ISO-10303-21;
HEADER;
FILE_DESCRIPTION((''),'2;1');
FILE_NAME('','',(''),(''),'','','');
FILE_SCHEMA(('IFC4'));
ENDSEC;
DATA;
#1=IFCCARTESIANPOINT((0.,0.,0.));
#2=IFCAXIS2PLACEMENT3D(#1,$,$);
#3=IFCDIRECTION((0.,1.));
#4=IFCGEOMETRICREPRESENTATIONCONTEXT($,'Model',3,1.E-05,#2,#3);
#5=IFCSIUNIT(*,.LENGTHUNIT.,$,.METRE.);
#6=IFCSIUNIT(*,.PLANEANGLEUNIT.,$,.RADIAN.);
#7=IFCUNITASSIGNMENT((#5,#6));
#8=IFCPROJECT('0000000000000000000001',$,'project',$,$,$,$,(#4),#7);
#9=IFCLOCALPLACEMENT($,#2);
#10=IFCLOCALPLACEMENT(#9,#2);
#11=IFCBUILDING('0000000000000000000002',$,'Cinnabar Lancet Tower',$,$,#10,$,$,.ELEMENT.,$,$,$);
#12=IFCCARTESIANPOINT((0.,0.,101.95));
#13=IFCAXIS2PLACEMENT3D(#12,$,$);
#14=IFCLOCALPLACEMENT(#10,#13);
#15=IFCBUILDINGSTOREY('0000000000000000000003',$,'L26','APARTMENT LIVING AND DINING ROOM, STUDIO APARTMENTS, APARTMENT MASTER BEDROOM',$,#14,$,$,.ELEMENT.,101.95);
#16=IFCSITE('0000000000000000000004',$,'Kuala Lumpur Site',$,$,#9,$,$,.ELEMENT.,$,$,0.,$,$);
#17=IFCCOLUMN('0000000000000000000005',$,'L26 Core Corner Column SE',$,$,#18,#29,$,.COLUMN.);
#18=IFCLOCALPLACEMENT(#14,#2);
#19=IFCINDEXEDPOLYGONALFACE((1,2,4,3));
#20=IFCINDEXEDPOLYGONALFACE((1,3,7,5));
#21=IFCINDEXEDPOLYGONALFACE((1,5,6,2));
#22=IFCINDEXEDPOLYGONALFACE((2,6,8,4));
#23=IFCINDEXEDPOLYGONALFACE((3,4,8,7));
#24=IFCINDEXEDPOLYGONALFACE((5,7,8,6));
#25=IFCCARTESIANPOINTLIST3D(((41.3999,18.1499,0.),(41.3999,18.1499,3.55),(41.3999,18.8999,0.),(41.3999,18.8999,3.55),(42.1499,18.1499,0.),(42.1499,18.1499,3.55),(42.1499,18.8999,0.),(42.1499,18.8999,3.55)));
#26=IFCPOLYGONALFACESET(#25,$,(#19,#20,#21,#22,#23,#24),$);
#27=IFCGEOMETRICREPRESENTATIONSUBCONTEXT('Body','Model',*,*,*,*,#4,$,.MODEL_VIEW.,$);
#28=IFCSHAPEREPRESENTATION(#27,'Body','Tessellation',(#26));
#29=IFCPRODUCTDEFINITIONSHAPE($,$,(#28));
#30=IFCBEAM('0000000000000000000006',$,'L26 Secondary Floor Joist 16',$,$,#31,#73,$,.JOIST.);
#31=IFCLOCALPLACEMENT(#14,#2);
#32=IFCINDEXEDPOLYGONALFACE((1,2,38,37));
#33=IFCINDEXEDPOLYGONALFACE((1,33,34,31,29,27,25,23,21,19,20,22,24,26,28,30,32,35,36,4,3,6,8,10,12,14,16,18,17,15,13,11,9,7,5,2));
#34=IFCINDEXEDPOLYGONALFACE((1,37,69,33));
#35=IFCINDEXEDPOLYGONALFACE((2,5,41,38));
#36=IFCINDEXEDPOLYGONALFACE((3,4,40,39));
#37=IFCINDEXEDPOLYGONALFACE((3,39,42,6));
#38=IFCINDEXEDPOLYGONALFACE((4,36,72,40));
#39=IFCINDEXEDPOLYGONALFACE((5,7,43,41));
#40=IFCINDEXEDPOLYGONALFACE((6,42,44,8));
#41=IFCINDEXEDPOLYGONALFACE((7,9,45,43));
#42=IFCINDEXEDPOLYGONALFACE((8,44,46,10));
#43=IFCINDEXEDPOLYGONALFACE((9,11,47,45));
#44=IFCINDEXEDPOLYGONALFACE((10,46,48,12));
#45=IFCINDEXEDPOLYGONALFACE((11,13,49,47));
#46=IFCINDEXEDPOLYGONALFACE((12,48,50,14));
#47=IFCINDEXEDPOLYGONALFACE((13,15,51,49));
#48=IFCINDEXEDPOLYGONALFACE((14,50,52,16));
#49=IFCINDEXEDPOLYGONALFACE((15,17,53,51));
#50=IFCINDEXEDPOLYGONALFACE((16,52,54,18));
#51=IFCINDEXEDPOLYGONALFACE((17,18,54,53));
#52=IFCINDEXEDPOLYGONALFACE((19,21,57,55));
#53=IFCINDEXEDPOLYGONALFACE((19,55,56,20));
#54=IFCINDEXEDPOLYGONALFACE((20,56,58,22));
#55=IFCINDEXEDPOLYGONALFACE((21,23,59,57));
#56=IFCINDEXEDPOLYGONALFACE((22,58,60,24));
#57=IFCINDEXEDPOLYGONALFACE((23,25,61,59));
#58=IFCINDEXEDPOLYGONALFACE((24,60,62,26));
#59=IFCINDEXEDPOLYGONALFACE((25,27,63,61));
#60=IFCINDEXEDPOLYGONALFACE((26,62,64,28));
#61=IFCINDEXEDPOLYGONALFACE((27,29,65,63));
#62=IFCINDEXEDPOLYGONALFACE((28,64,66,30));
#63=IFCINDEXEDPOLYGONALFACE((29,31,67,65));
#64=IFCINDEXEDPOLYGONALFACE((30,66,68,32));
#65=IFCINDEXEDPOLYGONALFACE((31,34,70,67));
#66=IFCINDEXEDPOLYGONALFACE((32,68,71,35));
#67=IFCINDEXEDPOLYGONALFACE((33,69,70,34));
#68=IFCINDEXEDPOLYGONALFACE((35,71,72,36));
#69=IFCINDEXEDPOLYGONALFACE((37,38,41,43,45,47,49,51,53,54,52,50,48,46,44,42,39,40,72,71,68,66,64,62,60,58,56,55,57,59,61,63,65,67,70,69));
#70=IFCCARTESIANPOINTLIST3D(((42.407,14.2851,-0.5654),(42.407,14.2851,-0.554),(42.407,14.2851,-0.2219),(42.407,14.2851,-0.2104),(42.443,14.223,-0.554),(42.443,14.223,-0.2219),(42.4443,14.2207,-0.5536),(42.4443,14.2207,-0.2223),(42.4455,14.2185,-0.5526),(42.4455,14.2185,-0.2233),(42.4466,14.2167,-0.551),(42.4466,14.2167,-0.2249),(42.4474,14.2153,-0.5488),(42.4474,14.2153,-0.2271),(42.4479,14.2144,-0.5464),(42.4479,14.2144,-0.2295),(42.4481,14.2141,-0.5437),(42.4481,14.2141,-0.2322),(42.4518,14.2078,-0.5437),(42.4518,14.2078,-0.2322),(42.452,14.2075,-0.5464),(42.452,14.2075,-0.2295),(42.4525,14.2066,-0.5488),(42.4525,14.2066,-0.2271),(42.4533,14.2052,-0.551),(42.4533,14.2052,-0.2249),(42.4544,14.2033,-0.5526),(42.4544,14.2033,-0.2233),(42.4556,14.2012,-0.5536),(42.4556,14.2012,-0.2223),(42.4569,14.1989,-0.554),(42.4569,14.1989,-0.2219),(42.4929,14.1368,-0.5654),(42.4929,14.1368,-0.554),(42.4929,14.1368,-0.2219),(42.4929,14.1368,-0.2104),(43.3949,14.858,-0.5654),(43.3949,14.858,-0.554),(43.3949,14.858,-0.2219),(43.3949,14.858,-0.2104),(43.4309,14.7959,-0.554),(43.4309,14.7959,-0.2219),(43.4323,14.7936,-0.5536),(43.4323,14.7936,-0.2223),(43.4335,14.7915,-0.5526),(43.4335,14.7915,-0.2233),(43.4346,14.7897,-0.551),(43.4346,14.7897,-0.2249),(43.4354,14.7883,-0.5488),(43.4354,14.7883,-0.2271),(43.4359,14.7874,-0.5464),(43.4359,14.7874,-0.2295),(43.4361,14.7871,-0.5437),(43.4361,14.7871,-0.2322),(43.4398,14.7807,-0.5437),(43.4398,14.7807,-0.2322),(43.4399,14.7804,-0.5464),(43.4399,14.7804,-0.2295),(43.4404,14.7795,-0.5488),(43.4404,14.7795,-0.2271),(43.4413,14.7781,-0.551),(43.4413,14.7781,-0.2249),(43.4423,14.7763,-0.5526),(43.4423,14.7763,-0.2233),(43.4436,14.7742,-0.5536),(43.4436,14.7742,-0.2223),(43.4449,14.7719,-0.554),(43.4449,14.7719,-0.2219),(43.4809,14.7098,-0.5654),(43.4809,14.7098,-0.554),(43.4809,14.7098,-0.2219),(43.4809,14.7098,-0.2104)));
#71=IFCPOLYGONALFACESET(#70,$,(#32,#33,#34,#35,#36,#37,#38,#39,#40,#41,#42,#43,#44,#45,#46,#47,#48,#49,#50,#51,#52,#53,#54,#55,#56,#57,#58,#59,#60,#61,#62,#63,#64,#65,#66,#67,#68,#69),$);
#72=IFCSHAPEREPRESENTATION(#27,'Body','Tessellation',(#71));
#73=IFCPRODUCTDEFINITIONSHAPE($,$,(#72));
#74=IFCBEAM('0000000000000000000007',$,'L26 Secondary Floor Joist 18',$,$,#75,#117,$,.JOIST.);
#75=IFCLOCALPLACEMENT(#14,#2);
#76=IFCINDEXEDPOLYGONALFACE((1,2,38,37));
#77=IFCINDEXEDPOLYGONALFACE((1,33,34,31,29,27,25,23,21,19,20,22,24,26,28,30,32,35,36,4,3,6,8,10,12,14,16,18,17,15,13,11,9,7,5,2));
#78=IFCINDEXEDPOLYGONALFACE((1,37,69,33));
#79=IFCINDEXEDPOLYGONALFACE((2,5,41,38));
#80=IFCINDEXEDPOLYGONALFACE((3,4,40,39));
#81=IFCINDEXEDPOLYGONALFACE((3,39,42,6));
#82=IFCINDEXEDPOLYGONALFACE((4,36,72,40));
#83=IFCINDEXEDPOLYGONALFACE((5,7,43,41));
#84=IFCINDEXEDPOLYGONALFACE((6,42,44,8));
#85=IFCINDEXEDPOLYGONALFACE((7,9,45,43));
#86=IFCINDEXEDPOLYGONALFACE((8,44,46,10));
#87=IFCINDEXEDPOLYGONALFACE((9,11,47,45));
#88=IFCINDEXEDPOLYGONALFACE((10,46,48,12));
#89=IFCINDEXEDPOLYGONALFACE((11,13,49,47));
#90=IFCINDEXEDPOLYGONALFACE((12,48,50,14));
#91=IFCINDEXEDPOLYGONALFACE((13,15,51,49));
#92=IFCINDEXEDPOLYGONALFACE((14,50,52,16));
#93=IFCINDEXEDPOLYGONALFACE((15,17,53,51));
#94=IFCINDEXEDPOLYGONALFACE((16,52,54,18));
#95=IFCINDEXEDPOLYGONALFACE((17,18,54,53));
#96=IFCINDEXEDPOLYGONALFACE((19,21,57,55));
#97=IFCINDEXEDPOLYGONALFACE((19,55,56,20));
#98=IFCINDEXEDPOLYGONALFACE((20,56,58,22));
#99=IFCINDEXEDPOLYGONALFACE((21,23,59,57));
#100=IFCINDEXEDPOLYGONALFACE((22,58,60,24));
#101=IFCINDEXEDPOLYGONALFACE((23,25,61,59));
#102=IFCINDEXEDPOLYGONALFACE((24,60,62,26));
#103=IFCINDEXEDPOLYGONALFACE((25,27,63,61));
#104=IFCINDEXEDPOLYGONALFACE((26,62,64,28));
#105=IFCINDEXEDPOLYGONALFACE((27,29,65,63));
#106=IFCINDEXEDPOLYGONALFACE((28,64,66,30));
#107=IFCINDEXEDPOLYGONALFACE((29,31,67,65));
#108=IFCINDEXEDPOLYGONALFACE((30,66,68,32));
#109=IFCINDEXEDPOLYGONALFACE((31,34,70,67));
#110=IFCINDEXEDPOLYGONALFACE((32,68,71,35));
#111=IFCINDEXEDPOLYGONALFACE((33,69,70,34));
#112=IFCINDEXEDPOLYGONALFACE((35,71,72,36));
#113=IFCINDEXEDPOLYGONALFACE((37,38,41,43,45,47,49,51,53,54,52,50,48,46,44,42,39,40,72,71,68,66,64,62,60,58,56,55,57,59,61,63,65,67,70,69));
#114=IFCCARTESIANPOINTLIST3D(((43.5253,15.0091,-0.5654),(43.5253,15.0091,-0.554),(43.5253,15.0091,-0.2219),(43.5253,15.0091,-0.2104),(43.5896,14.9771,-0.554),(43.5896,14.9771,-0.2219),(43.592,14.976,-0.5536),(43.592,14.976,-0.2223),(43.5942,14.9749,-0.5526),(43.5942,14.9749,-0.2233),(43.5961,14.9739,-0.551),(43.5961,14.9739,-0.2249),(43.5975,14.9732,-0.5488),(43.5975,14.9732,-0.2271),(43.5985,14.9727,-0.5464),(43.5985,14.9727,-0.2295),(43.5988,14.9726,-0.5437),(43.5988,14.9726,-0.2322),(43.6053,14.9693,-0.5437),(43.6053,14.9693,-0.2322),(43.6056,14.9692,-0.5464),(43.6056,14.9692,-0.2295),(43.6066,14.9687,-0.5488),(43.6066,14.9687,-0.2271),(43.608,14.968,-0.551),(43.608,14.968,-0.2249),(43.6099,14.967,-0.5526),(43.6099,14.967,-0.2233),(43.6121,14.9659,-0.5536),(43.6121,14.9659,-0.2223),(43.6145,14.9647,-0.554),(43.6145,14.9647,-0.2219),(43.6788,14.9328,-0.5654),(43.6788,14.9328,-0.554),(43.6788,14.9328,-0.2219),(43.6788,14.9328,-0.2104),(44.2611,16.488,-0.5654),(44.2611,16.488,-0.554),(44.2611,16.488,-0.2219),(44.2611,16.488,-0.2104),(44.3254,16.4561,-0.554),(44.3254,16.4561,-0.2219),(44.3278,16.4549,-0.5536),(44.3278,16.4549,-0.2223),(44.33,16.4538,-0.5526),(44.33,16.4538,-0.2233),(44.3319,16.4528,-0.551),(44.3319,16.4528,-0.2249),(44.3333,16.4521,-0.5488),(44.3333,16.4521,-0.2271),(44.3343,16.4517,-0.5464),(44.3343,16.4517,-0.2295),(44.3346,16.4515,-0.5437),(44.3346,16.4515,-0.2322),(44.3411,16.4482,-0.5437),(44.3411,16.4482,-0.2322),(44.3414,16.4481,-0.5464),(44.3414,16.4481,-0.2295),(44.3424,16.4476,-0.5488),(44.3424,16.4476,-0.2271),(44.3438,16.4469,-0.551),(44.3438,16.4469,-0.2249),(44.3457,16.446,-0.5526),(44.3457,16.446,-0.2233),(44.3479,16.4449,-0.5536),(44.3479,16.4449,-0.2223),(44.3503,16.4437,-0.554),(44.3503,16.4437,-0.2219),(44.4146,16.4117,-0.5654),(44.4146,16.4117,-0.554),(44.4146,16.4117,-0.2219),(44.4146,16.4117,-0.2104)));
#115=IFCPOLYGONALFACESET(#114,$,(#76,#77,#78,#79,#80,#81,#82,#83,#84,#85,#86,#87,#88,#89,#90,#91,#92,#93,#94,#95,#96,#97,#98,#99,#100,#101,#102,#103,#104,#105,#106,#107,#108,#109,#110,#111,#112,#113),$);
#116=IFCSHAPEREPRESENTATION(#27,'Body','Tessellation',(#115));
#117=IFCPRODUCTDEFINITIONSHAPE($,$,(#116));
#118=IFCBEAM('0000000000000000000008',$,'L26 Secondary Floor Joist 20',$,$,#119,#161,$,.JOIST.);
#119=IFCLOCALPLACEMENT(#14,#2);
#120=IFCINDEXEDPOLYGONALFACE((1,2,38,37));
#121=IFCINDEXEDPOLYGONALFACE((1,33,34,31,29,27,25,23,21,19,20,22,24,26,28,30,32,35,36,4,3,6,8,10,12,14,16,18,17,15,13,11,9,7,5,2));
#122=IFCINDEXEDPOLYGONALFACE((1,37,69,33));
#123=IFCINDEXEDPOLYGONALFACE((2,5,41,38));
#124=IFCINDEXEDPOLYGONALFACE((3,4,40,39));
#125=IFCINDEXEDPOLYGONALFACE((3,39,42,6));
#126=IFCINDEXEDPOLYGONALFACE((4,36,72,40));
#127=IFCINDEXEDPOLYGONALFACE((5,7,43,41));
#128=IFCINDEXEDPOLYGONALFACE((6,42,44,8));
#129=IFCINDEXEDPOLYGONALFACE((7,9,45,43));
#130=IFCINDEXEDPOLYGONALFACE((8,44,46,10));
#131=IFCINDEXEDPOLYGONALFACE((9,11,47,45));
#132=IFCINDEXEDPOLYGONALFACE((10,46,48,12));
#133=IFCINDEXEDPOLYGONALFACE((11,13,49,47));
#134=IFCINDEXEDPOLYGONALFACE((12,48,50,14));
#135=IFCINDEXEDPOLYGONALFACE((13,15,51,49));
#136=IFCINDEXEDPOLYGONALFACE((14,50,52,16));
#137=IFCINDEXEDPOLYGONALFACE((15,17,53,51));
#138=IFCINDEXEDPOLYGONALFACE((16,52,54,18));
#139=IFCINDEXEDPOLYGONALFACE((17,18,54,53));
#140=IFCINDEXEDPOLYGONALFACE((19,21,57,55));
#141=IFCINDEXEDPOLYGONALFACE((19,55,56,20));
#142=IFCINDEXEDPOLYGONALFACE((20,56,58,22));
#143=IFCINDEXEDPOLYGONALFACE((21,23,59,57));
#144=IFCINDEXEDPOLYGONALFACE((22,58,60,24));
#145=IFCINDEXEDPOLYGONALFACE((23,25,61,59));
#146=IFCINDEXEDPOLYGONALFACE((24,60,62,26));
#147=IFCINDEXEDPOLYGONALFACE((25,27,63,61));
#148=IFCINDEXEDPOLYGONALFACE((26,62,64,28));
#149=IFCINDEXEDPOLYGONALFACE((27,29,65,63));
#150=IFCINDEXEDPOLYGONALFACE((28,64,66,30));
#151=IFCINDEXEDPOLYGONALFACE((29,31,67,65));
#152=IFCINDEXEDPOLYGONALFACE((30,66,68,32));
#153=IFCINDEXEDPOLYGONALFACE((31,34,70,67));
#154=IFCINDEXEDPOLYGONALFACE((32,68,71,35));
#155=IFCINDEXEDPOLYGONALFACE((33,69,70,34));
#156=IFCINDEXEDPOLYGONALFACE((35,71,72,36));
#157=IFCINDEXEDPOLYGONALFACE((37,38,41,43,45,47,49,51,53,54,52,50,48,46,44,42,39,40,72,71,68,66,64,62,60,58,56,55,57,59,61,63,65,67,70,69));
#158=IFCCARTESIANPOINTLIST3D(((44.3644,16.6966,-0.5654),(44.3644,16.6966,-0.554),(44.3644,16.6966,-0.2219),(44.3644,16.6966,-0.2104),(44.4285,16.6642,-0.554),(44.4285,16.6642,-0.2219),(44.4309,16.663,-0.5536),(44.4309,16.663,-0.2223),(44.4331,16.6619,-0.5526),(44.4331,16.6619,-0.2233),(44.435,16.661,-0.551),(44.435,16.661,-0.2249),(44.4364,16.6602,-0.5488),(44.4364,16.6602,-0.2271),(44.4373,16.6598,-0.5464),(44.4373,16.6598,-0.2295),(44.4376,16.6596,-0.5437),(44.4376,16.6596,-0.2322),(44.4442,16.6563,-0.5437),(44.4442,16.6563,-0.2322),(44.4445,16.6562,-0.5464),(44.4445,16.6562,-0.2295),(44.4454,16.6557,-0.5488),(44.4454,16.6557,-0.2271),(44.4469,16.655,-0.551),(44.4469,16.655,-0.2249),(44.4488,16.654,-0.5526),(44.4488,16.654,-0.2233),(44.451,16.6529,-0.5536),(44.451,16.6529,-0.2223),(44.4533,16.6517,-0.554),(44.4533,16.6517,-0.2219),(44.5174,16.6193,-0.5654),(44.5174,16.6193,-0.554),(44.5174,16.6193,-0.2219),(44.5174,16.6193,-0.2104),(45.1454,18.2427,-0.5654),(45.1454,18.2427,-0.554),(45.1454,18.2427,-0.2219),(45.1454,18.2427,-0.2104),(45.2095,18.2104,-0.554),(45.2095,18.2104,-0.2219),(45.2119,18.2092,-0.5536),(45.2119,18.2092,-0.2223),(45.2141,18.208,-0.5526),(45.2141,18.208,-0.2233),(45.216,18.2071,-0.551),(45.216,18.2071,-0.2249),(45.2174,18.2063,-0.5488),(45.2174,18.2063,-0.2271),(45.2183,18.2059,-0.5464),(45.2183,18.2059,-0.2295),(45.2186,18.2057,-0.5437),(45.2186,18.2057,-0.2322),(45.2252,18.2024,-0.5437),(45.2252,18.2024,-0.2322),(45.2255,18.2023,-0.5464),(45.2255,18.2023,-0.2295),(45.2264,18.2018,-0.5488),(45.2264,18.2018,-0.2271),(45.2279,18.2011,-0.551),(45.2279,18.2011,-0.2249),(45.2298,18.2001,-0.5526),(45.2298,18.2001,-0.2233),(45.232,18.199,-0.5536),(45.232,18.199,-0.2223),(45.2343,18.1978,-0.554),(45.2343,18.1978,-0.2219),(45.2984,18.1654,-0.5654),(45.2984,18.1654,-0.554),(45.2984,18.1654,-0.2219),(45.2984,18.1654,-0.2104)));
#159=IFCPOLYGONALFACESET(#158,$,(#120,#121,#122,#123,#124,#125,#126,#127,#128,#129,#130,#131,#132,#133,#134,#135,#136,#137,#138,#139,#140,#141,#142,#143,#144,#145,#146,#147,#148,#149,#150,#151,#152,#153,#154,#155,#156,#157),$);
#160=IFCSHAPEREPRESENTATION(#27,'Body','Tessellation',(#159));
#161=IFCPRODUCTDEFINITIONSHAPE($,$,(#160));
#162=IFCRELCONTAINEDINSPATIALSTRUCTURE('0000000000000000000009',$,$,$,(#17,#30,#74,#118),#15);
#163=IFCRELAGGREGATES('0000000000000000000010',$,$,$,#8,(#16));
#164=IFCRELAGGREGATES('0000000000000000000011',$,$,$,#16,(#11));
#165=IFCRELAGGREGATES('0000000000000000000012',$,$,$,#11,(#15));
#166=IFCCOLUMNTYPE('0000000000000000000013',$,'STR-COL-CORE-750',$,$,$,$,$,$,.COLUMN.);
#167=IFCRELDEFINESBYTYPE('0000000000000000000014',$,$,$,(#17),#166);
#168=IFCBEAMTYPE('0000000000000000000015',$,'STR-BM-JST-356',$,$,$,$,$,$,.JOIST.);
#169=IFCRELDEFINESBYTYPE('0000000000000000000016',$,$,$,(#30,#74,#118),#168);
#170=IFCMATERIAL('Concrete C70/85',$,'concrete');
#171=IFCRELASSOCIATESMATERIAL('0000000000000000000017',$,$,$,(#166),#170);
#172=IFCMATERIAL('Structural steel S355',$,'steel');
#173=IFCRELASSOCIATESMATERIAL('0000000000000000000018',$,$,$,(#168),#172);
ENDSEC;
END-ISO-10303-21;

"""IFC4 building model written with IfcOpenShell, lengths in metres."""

from ifc_helpers import new_model, si_unit, direction, frame, origin, origin_2d, place, context, subcontext, project, spatial, rectangle, i_section, extrude, material, material_profile, profile_set, type_object, element, save


model = new_model("IFC4")

# Units and contexts
model_context = context("Model", 3, precision=1e-05, world=origin(), true_north=direction((0.0, 1.0)))
body_context = subcontext(model_context, "Body", "Model", "MODEL_VIEW")
ifc_project = project(units=[si_unit("LENGTHUNIT", "METRE"), si_unit("PLANEANGLEUNIT", "RADIAN")], contexts=[model_context])

# Site, building, storey
site_placement = place(None, origin())
site = spatial("IfcSite", under=ifc_project, at=site_placement, Name="Kuala Lumpur Site", CompositionType="ELEMENT", RefElevation=0.0)
building_placement = place(site_placement, origin())
building = spatial("IfcBuilding", under=site, at=building_placement, Name="Cinnabar Lancet Tower", CompositionType="ELEMENT")
storey_placement = place(building_placement, frame((0.0, 0.0, 101.95)))
storey = spatial("IfcBuildingStorey", under=building, at=storey_placement, Name="L26", Description="APARTMENT LIVING AND DINING ROOM, STUDIO APARTMENTS, APARTMENT MASTER BEDROOM", CompositionType="ELEMENT", Elevation=101.95)

# Column
ifc_material_1 = material(Name="Concrete C70/85", Category="concrete")
ifc_material_profile_1 = material_profile(ifc_material_1, rectangle(XDim=0.75, YDim=0.75, at=origin_2d()), Name="RC-COL 750x750")
ifc_profile_set_1 = profile_set([ifc_material_profile_1], Name="Concrete C70/85")
column_type = type_object("IfcColumnType", Name="STR-COL-CORE-750", PredefinedType="COLUMN", material=ifc_profile_set_1)
column_placement = place(storey_placement, frame((41.7749, 18.5249, 0.0), z_axis=(0.0, 0.0, 1.0), x_axis=(1.0, 0.0, 0.0)))
element("IfcColumn", 1, at=column_placement, inside=storey, type_object=column_type, Name="L26 Core Corner Column SE", PredefinedType="COLUMN", context=body_context, shape_type="SweptSolid", body=[
    extrude(rectangle(XDim=0.75, YDim=0.75, at=origin_2d()), origin(), (0.0, 0.0, 1.0), 3.55),
])

# Beams
ifc_material_2 = material(Name="Structural steel S355", Category="steel")
ifc_material_profile_2 = material_profile(ifc_material_2, i_section(OverallWidth=0.1714, OverallDepth=0.355, WebThickness=0.0073, FlangeThickness=0.0115, FilletRadius=0.0103, at=origin_2d()), Name="UKB 356x171x51")
ifc_profile_set_2 = profile_set([ifc_material_profile_2], Name="Structural steel S355")
beam_type_1 = type_object("IfcBeamType", Name="STR-BM-JST-356", PredefinedType="JOIST", material=ifc_profile_set_2)
beam_1_placement = place(storey_placement, frame((42.45, 14.2109, -0.3879), z_axis=(0.865055, 0.501677, 0.0), x_axis=(-0.501677, 0.865055, 0.0)))
element("IfcBeam", 2, at=beam_1_placement, inside=storey, type_object=beam_type_1, Name="L26 Secondary Floor Joist 16", PredefinedType="JOIST", context=body_context, shape_type="SweptSolid", body=[
    extrude(i_section(OverallWidth=0.1714, OverallDepth=0.355, WebThickness=0.0073, FlangeThickness=0.0115, FilletRadius=0.0103, at=origin_2d()), origin(), (0.0, 0.0, 1.0), 1.1421),
])
beam_2_placement = place(storey_placement, frame((43.6021, 14.9709, -0.3879), z_axis=(0.445439, 0.895312, 0.0), x_axis=(-0.895312, 0.445439, 0.0)))
element("IfcBeam", 3, at=beam_2_placement, inside=storey, type_object=beam_type_1, Name="L26 Secondary Floor Joist 18", PredefinedType="JOIST", context=body_context, shape_type="SweptSolid", body=[
    extrude(i_section(OverallWidth=0.1714, OverallDepth=0.355, WebThickness=0.0073, FlangeThickness=0.0115, FilletRadius=0.0103, at=origin_2d()), origin(), (0.0, 0.0, 1.0), 1.6519),
])
beam_3_placement = place(storey_placement, frame((44.4409, 16.658, -0.3879), z_axis=(0.450874, 0.892587, 0.0), x_axis=(-0.892587, 0.450874, 0.0)))
element("IfcBeam", 4, at=beam_3_placement, inside=storey, type_object=beam_type_1, Name="L26 Secondary Floor Joist 20", PredefinedType="JOIST", context=body_context, shape_type="SweptSolid", body=[
    extrude(i_section(OverallWidth=0.1714, OverallDepth=0.355, WebThickness=0.0073, FlangeThickness=0.0115, FilletRadius=0.0103, at=origin_2d()), origin(), (0.0, 0.0, 1.0), 1.7322),
])

save(model, "model.ifc")
